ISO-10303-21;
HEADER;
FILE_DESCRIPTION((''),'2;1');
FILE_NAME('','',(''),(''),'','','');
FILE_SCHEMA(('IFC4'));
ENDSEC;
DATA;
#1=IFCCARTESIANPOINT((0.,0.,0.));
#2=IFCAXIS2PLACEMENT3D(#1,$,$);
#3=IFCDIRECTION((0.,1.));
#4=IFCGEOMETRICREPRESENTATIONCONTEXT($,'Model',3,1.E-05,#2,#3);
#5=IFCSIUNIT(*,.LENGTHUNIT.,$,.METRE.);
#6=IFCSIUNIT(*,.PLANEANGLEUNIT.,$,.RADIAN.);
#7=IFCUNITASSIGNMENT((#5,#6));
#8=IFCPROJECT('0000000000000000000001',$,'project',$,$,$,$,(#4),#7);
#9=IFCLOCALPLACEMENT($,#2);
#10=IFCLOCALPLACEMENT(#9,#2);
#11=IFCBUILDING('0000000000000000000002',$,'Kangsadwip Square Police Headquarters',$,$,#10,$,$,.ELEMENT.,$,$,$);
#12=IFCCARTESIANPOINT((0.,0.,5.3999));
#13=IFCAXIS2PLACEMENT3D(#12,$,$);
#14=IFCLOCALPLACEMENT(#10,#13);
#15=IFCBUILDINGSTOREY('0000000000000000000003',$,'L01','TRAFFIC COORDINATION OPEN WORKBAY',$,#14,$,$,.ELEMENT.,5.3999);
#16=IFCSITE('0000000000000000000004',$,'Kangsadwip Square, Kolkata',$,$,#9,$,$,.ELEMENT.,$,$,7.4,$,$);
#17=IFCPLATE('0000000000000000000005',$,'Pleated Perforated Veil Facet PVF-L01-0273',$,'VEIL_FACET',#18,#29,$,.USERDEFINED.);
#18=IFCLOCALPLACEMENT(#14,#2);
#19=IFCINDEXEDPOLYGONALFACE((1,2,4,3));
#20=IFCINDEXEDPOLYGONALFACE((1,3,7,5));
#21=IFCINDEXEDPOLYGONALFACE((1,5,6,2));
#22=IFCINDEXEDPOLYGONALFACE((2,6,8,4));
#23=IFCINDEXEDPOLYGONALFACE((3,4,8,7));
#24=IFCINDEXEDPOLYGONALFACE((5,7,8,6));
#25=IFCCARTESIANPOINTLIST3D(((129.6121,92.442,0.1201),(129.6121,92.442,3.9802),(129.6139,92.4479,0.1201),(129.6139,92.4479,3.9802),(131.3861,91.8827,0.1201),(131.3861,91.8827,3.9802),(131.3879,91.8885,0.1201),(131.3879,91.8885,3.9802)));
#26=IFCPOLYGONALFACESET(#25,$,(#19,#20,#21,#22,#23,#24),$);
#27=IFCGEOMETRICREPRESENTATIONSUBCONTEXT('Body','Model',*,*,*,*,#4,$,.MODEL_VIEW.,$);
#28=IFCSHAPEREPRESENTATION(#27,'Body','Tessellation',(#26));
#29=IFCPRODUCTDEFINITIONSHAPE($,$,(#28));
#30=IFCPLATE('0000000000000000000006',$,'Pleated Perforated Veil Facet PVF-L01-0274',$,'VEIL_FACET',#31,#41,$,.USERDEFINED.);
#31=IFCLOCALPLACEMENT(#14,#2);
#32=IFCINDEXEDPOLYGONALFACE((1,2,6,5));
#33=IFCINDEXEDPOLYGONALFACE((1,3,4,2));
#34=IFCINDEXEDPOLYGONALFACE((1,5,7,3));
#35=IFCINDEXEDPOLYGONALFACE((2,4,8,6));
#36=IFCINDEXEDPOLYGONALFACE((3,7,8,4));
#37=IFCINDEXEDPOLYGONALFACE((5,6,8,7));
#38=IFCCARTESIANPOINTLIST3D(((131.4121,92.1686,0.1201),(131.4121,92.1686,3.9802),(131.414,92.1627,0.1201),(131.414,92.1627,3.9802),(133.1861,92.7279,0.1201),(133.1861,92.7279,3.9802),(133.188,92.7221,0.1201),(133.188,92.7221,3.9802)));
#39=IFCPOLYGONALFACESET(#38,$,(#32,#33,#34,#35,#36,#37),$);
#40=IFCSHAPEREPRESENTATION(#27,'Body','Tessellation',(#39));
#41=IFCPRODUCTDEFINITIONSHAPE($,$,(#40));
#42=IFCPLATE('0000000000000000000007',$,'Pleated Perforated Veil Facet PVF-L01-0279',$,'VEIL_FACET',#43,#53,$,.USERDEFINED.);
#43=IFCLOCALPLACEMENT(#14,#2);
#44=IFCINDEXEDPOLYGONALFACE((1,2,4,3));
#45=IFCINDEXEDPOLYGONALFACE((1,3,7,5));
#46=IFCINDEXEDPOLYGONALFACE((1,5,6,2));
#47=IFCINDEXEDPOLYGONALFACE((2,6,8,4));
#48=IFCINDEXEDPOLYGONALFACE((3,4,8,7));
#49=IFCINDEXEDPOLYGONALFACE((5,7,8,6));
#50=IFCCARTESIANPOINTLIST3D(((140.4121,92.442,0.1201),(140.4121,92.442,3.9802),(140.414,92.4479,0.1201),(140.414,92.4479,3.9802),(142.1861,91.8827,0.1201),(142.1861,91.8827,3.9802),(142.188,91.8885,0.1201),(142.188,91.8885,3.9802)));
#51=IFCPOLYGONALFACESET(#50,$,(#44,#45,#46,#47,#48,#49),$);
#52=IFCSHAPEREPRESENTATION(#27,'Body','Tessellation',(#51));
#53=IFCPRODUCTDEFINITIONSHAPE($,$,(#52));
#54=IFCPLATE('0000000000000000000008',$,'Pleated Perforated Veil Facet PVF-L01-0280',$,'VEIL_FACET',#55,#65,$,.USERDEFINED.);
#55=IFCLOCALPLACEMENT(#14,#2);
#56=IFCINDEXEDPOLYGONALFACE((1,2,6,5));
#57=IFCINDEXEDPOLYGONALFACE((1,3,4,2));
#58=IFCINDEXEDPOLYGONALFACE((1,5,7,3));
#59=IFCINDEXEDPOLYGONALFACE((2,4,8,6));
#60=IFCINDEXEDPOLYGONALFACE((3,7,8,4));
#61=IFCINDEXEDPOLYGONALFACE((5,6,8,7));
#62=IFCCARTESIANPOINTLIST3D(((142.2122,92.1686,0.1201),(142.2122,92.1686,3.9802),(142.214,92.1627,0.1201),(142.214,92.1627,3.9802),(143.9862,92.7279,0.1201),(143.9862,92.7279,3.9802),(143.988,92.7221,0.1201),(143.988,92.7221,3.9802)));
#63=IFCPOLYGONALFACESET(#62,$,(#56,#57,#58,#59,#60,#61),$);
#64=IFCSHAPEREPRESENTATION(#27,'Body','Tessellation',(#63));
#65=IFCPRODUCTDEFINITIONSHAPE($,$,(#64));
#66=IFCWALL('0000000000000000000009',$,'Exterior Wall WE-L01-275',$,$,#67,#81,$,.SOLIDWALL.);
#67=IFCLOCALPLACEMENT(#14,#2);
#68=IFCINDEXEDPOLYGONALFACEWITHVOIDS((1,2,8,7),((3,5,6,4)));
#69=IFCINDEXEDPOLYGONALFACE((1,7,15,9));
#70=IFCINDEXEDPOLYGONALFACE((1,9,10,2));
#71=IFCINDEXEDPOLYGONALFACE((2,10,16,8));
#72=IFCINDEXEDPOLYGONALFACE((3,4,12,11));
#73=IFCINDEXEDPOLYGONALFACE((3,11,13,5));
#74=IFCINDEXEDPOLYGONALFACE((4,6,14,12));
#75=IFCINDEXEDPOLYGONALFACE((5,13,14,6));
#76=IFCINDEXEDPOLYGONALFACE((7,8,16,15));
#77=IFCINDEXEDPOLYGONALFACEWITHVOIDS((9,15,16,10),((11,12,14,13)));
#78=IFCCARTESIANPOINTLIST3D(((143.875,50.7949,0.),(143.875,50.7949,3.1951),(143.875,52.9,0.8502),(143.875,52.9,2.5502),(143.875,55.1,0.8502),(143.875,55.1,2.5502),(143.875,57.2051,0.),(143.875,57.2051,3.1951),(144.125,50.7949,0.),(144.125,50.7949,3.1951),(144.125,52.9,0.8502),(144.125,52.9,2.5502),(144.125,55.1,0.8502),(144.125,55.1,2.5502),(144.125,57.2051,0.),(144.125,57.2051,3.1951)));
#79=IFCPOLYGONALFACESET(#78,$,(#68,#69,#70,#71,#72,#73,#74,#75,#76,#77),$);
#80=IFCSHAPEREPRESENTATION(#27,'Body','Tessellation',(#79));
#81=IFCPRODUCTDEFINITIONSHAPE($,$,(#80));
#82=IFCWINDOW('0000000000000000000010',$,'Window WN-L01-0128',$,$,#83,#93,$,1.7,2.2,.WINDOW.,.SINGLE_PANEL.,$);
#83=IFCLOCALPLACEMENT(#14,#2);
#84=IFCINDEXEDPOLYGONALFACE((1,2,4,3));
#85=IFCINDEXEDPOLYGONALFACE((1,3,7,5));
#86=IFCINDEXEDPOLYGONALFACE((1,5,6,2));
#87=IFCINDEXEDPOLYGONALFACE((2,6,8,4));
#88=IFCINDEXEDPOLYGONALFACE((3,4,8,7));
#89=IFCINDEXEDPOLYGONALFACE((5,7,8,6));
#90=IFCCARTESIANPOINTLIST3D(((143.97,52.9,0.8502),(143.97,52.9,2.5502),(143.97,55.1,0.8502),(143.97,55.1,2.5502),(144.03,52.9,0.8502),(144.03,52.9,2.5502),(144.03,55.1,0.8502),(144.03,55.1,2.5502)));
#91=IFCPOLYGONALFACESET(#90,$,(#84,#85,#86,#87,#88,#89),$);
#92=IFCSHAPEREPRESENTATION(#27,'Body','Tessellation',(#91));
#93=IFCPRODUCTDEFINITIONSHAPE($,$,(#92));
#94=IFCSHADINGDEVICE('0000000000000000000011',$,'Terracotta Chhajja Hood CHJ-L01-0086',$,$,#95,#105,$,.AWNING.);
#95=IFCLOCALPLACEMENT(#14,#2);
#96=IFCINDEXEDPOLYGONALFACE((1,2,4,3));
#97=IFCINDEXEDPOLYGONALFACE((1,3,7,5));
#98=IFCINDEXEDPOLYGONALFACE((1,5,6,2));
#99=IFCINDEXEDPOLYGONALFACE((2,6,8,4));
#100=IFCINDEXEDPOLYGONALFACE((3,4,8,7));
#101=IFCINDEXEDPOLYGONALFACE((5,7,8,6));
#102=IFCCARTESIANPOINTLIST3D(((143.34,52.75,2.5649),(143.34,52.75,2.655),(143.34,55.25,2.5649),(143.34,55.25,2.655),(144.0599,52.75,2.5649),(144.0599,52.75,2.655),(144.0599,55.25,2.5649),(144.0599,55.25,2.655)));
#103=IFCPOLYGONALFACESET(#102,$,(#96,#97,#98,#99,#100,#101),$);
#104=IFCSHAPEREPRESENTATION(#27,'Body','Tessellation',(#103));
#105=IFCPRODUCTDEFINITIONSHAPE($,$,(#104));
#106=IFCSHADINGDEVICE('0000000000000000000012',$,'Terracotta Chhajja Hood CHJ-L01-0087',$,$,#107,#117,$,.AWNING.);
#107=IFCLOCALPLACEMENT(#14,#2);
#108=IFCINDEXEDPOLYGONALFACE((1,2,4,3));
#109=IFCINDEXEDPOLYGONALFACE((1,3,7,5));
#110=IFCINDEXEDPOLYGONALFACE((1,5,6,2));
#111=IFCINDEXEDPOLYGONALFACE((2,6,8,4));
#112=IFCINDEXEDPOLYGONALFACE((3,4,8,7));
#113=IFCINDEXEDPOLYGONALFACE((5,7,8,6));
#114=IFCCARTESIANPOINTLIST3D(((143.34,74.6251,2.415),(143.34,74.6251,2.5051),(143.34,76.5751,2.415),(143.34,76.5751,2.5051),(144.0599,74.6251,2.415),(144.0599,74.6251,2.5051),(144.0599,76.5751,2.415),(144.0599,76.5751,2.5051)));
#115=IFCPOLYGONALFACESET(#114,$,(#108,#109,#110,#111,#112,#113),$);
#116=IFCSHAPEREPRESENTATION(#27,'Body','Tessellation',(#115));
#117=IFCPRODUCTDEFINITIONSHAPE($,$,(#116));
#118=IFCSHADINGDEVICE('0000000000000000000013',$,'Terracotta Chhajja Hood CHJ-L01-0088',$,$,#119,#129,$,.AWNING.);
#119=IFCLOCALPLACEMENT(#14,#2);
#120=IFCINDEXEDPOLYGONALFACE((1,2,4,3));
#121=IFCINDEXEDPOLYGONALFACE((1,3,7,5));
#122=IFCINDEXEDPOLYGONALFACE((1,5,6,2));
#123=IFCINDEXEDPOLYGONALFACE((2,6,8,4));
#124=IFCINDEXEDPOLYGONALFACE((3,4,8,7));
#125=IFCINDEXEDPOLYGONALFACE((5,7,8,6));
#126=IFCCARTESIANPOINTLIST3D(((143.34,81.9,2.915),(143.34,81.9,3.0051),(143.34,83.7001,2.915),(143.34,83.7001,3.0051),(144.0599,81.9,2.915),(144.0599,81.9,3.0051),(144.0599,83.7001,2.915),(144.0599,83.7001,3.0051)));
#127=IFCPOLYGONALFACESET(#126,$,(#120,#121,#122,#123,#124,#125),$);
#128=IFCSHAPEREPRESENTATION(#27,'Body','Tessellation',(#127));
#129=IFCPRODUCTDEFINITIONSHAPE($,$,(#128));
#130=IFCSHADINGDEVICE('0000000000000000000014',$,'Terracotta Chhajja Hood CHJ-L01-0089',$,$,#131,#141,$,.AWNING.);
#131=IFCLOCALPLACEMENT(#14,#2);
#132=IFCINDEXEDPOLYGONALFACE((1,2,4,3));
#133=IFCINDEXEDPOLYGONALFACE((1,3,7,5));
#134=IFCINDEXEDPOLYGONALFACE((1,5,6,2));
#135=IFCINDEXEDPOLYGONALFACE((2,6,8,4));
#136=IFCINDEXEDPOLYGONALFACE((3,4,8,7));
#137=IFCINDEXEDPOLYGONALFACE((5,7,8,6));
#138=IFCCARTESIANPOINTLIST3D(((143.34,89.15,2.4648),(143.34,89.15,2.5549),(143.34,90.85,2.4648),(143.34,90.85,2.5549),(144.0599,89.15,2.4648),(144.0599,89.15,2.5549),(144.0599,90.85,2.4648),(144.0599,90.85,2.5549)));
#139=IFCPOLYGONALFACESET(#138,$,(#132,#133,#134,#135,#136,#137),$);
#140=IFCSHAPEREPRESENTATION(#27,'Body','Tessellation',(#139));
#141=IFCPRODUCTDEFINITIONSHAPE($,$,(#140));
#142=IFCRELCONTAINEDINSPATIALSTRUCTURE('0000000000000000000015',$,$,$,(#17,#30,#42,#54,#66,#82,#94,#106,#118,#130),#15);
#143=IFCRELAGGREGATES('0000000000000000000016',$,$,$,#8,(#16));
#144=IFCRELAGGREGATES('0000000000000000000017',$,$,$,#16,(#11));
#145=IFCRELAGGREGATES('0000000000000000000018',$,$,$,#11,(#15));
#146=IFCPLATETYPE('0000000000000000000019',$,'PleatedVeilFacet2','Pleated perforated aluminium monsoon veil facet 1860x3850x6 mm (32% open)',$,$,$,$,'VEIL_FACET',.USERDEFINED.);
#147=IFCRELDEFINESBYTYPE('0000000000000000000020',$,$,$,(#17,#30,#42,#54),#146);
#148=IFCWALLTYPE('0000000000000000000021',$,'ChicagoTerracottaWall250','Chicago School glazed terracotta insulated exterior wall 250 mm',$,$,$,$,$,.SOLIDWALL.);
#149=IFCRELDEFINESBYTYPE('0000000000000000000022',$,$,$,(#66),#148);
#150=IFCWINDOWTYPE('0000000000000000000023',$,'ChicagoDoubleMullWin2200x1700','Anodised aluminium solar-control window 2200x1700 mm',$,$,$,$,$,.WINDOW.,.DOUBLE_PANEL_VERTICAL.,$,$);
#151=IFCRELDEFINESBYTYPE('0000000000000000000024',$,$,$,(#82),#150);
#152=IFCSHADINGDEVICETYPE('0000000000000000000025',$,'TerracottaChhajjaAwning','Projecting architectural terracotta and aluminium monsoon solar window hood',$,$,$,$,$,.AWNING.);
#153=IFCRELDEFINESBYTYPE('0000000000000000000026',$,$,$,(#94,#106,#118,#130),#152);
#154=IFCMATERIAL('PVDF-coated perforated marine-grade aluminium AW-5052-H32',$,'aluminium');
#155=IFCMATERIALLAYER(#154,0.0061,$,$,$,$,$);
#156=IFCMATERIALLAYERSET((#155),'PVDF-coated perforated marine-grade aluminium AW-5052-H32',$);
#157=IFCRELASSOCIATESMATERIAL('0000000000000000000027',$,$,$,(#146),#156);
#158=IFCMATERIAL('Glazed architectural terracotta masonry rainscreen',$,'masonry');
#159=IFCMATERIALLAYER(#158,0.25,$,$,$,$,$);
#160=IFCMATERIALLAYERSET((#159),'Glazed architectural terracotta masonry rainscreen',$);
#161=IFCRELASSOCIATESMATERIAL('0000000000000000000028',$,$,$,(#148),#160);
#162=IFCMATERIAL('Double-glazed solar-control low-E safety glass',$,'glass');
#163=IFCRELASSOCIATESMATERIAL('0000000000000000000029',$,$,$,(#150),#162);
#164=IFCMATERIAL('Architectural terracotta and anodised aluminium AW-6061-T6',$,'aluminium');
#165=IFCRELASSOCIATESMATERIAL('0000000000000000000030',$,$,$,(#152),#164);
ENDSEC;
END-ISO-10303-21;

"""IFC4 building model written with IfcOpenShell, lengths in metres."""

from ifc_helpers import new_model, si_unit, direction, frame, frame_2d, origin, origin_2d, place, context, subcontext, project, spatial, rectangle, extrude, material, layer, layer_set, type_object, element, fill, save


model = new_model("IFC4")

# Units and contexts
model_context = context("Model", 3, precision=1e-05, world=origin(), true_north=direction((0.0, 1.0)))
body_context = subcontext(model_context, "Body", "Model", "MODEL_VIEW")
ifc_project = project(units=[si_unit("LENGTHUNIT", "METRE"), si_unit("PLANEANGLEUNIT", "RADIAN")], contexts=[model_context])

# Site, building, storey
site_placement = place(None, origin())
site = spatial("IfcSite", under=ifc_project, at=site_placement, Name="Kangsadwip Square, Kolkata", CompositionType="ELEMENT", RefElevation=7.4)
building_placement = place(site_placement, origin())
building = spatial("IfcBuilding", under=site, at=building_placement, Name="Kangsadwip Square Police Headquarters", CompositionType="ELEMENT")
storey_placement = place(building_placement, frame((0.0, 0.0, 5.3999)))
storey = spatial("IfcBuildingStorey", under=building, at=storey_placement, Name="L01", Description="TRAFFIC COORDINATION OPEN WORKBAY", CompositionType="ELEMENT", Elevation=5.3999)

# Plates
ifc_material_1 = material(Name="PVDF-coated perforated marine-grade aluminium AW-5052-H32", Category="aluminium")
ifc_layer_1 = layer(ifc_material_1, 0.0061)
ifc_layer_set_1 = layer_set([ifc_layer_1], Name="PVDF-coated perforated marine-grade aluminium AW-5052-H32")
plate_type = type_object("IfcPlateType", Name="PleatedVeilFacet2", Description="Pleated perforated aluminium monsoon veil facet 1860x3850x6 mm (32% open)", ElementType="VEIL_FACET", PredefinedType="USERDEFINED", material=ifc_layer_set_1)
for number, where, z_axis, x_axis, name in (
    (1, (130.5, 92.1653, 0.1201), (0.0, 0.0, 1.0), (0.953717, -0.300706, 0.0), "Pleated Perforated Veil Facet PVF-L01-0273"),
    (2, (132.3, 92.4453, 0.1201), (0.0, 0.0, 1.0), (0.953717, 0.300706, 0.0), "Pleated Perforated Veil Facet PVF-L01-0274"),
    (3, (141.3, 92.1653, 0.1201), (0.0, 0.0, 1.0), (0.953717, -0.300706, 0.0), "Pleated Perforated Veil Facet PVF-L01-0279"),
    (4, (143.1001, 92.4453, 0.1201), (0.0, 0.0, 1.0), (0.953717, 0.300706, 0.0), "Pleated Perforated Veil Facet PVF-L01-0280"),
):
    element("IfcPlate", number, at=place(storey_placement, frame(where, z_axis=z_axis, x_axis=x_axis)), inside=storey, type_object=plate_type, Name=name, ObjectType="VEIL_FACET", PredefinedType="USERDEFINED", context=body_context, shape_type="SweptSolid", body=[
        extrude(rectangle(XDim=1.8601, YDim=0.0061, at=origin_2d()), origin(), (0.0, 0.0, 1.0), 3.8601),
    ])

# Wall, opening, window
ifc_material_2 = material(Name="Glazed architectural terracotta masonry rainscreen", Category="masonry")
ifc_layer_2 = layer(ifc_material_2, 0.25)
ifc_layer_set_2 = layer_set([ifc_layer_2], Name="Glazed architectural terracotta masonry rainscreen")
wall_type = type_object("IfcWallType", Name="ChicagoTerracottaWall250", Description="Chicago School glazed terracotta insulated exterior wall 250 mm", PredefinedType="SOLIDWALL", material=ifc_layer_set_2)
wall_placement = place(storey_placement, frame((144.0, 50.7949, 0.0), z_axis=(0.0, 0.0, 1.0), x_axis=(0.0, 1.0, 0.0)))
wall = element("IfcWall", 5, at=wall_placement, inside=storey, type_object=wall_type, Name="Exterior Wall WE-L01-275", PredefinedType="SOLIDWALL", context=body_context, shape_type="SweptSolid", body=[
    extrude(rectangle(XDim=6.4102, YDim=0.25, at=frame_2d((3.2051, 0.0))), origin(), (0.0, 0.0, 1.0), 3.1951),
])
opening_placement = place(wall_placement, frame((2.105, 0.0, 0.8501)))
opening = element("IfcOpeningElement", 6, at=opening_placement, cuts=wall, PredefinedType="OPENING", context=body_context, shape_type="SweptSolid", body=[
    extrude(rectangle(XDim=2.2, YDim=1.7, at=frame_2d((1.1001, 0.8501))), frame((0.0, 0.135, 0.0), z_axis=(0.0, -1.0, 0.0), x_axis=(1.0, 0.0, 0.0)), (0.0, 0.0, 1.0), 0.27),
])
ifc_material_3 = material(Name="Double-glazed solar-control low-E safety glass", Category="glass")
window_type = type_object("IfcWindowType", Name="ChicagoDoubleMullWin2200x1700", Description="Anodised aluminium solar-control window 2200x1700 mm", PartitioningType="DOUBLE_PANEL_VERTICAL", PredefinedType="WINDOW", material=ifc_material_3)
window_placement = place(opening_placement, origin())
window = element("IfcWindow", 7, at=window_placement, inside=storey, type_object=window_type, Name="Window WN-L01-0128", OverallHeight=1.7, OverallWidth=2.2, PartitioningType="SINGLE_PANEL", PredefinedType="WINDOW", context=body_context, shape_type="SweptSolid", body=[
    extrude(rectangle(XDim=2.2, YDim=1.7, at=frame_2d((1.1001, 0.8501))), frame((0.0, 0.03, 0.0), z_axis=(0.0, -1.0, 0.0), x_axis=(1.0, 0.0, 0.0)), (0.0, 0.0, 1.0), 0.0601),
])
fill(opening, window)

# Shading devices
ifc_material_4 = material(Name="Architectural terracotta and anodised aluminium AW-6061-T6", Category="aluminium")
shading_device_type = type_object("IfcShadingDeviceType", Name="TerracottaChhajjaAwning", Description="Projecting architectural terracotta and aluminium monsoon solar window hood", PredefinedType="AWNING", material=ifc_material_4)
shading_device_1_placement = place(storey_placement, frame((143.7, 54.0, 2.5649), z_axis=(0.0, 0.0, 1.0), x_axis=(0.0, 1.0, 0.0)))
element("IfcShadingDevice", 8, at=shading_device_1_placement, inside=storey, type_object=shading_device_type, Name="Terracotta Chhajja Hood CHJ-L01-0086", PredefinedType="AWNING", context=body_context, shape_type="SweptSolid", body=[
    extrude(rectangle(XDim=2.5, YDim=0.72, at=origin_2d()), origin(), (0.0, 0.0, 1.0), 0.0901),
])
shading_device_2_placement = place(storey_placement, frame((143.7, 75.6001, 2.415), z_axis=(0.0, 0.0, 1.0), x_axis=(0.0, 1.0, 0.0)))
element("IfcShadingDevice", 9, at=shading_device_2_placement, inside=storey, type_object=shading_device_type, Name="Terracotta Chhajja Hood CHJ-L01-0087", PredefinedType="AWNING", context=body_context, shape_type="SweptSolid", body=[
    extrude(rectangle(XDim=1.95, YDim=0.72, at=origin_2d()), origin(), (0.0, 0.0, 1.0), 0.0901),
])
shading_device_3_placement = place(storey_placement, frame((143.7, 82.8, 2.915), z_axis=(0.0, 0.0, 1.0), x_axis=(0.0, 1.0, 0.0)))
element("IfcShadingDevice", 10, at=shading_device_3_placement, inside=storey, type_object=shading_device_type, Name="Terracotta Chhajja Hood CHJ-L01-0088", PredefinedType="AWNING", context=body_context, shape_type="SweptSolid", body=[
    extrude(rectangle(XDim=1.8, YDim=0.72, at=origin_2d()), origin(), (0.0, 0.0, 1.0), 0.0901),
])
shading_device_4_placement = place(storey_placement, frame((143.7, 90.0, 2.4648), z_axis=(0.0, 0.0, 1.0), x_axis=(0.0, 1.0, 0.0)))
element("IfcShadingDevice", 11, at=shading_device_4_placement, inside=storey, type_object=shading_device_type, Name="Terracotta Chhajja Hood CHJ-L01-0089", PredefinedType="AWNING", context=body_context, shape_type="SweptSolid", body=[
    extrude(rectangle(XDim=1.7, YDim=0.72, at=origin_2d()), origin(), (0.0, 0.0, 1.0), 0.0901),
])

save(model, "model.ifc")
